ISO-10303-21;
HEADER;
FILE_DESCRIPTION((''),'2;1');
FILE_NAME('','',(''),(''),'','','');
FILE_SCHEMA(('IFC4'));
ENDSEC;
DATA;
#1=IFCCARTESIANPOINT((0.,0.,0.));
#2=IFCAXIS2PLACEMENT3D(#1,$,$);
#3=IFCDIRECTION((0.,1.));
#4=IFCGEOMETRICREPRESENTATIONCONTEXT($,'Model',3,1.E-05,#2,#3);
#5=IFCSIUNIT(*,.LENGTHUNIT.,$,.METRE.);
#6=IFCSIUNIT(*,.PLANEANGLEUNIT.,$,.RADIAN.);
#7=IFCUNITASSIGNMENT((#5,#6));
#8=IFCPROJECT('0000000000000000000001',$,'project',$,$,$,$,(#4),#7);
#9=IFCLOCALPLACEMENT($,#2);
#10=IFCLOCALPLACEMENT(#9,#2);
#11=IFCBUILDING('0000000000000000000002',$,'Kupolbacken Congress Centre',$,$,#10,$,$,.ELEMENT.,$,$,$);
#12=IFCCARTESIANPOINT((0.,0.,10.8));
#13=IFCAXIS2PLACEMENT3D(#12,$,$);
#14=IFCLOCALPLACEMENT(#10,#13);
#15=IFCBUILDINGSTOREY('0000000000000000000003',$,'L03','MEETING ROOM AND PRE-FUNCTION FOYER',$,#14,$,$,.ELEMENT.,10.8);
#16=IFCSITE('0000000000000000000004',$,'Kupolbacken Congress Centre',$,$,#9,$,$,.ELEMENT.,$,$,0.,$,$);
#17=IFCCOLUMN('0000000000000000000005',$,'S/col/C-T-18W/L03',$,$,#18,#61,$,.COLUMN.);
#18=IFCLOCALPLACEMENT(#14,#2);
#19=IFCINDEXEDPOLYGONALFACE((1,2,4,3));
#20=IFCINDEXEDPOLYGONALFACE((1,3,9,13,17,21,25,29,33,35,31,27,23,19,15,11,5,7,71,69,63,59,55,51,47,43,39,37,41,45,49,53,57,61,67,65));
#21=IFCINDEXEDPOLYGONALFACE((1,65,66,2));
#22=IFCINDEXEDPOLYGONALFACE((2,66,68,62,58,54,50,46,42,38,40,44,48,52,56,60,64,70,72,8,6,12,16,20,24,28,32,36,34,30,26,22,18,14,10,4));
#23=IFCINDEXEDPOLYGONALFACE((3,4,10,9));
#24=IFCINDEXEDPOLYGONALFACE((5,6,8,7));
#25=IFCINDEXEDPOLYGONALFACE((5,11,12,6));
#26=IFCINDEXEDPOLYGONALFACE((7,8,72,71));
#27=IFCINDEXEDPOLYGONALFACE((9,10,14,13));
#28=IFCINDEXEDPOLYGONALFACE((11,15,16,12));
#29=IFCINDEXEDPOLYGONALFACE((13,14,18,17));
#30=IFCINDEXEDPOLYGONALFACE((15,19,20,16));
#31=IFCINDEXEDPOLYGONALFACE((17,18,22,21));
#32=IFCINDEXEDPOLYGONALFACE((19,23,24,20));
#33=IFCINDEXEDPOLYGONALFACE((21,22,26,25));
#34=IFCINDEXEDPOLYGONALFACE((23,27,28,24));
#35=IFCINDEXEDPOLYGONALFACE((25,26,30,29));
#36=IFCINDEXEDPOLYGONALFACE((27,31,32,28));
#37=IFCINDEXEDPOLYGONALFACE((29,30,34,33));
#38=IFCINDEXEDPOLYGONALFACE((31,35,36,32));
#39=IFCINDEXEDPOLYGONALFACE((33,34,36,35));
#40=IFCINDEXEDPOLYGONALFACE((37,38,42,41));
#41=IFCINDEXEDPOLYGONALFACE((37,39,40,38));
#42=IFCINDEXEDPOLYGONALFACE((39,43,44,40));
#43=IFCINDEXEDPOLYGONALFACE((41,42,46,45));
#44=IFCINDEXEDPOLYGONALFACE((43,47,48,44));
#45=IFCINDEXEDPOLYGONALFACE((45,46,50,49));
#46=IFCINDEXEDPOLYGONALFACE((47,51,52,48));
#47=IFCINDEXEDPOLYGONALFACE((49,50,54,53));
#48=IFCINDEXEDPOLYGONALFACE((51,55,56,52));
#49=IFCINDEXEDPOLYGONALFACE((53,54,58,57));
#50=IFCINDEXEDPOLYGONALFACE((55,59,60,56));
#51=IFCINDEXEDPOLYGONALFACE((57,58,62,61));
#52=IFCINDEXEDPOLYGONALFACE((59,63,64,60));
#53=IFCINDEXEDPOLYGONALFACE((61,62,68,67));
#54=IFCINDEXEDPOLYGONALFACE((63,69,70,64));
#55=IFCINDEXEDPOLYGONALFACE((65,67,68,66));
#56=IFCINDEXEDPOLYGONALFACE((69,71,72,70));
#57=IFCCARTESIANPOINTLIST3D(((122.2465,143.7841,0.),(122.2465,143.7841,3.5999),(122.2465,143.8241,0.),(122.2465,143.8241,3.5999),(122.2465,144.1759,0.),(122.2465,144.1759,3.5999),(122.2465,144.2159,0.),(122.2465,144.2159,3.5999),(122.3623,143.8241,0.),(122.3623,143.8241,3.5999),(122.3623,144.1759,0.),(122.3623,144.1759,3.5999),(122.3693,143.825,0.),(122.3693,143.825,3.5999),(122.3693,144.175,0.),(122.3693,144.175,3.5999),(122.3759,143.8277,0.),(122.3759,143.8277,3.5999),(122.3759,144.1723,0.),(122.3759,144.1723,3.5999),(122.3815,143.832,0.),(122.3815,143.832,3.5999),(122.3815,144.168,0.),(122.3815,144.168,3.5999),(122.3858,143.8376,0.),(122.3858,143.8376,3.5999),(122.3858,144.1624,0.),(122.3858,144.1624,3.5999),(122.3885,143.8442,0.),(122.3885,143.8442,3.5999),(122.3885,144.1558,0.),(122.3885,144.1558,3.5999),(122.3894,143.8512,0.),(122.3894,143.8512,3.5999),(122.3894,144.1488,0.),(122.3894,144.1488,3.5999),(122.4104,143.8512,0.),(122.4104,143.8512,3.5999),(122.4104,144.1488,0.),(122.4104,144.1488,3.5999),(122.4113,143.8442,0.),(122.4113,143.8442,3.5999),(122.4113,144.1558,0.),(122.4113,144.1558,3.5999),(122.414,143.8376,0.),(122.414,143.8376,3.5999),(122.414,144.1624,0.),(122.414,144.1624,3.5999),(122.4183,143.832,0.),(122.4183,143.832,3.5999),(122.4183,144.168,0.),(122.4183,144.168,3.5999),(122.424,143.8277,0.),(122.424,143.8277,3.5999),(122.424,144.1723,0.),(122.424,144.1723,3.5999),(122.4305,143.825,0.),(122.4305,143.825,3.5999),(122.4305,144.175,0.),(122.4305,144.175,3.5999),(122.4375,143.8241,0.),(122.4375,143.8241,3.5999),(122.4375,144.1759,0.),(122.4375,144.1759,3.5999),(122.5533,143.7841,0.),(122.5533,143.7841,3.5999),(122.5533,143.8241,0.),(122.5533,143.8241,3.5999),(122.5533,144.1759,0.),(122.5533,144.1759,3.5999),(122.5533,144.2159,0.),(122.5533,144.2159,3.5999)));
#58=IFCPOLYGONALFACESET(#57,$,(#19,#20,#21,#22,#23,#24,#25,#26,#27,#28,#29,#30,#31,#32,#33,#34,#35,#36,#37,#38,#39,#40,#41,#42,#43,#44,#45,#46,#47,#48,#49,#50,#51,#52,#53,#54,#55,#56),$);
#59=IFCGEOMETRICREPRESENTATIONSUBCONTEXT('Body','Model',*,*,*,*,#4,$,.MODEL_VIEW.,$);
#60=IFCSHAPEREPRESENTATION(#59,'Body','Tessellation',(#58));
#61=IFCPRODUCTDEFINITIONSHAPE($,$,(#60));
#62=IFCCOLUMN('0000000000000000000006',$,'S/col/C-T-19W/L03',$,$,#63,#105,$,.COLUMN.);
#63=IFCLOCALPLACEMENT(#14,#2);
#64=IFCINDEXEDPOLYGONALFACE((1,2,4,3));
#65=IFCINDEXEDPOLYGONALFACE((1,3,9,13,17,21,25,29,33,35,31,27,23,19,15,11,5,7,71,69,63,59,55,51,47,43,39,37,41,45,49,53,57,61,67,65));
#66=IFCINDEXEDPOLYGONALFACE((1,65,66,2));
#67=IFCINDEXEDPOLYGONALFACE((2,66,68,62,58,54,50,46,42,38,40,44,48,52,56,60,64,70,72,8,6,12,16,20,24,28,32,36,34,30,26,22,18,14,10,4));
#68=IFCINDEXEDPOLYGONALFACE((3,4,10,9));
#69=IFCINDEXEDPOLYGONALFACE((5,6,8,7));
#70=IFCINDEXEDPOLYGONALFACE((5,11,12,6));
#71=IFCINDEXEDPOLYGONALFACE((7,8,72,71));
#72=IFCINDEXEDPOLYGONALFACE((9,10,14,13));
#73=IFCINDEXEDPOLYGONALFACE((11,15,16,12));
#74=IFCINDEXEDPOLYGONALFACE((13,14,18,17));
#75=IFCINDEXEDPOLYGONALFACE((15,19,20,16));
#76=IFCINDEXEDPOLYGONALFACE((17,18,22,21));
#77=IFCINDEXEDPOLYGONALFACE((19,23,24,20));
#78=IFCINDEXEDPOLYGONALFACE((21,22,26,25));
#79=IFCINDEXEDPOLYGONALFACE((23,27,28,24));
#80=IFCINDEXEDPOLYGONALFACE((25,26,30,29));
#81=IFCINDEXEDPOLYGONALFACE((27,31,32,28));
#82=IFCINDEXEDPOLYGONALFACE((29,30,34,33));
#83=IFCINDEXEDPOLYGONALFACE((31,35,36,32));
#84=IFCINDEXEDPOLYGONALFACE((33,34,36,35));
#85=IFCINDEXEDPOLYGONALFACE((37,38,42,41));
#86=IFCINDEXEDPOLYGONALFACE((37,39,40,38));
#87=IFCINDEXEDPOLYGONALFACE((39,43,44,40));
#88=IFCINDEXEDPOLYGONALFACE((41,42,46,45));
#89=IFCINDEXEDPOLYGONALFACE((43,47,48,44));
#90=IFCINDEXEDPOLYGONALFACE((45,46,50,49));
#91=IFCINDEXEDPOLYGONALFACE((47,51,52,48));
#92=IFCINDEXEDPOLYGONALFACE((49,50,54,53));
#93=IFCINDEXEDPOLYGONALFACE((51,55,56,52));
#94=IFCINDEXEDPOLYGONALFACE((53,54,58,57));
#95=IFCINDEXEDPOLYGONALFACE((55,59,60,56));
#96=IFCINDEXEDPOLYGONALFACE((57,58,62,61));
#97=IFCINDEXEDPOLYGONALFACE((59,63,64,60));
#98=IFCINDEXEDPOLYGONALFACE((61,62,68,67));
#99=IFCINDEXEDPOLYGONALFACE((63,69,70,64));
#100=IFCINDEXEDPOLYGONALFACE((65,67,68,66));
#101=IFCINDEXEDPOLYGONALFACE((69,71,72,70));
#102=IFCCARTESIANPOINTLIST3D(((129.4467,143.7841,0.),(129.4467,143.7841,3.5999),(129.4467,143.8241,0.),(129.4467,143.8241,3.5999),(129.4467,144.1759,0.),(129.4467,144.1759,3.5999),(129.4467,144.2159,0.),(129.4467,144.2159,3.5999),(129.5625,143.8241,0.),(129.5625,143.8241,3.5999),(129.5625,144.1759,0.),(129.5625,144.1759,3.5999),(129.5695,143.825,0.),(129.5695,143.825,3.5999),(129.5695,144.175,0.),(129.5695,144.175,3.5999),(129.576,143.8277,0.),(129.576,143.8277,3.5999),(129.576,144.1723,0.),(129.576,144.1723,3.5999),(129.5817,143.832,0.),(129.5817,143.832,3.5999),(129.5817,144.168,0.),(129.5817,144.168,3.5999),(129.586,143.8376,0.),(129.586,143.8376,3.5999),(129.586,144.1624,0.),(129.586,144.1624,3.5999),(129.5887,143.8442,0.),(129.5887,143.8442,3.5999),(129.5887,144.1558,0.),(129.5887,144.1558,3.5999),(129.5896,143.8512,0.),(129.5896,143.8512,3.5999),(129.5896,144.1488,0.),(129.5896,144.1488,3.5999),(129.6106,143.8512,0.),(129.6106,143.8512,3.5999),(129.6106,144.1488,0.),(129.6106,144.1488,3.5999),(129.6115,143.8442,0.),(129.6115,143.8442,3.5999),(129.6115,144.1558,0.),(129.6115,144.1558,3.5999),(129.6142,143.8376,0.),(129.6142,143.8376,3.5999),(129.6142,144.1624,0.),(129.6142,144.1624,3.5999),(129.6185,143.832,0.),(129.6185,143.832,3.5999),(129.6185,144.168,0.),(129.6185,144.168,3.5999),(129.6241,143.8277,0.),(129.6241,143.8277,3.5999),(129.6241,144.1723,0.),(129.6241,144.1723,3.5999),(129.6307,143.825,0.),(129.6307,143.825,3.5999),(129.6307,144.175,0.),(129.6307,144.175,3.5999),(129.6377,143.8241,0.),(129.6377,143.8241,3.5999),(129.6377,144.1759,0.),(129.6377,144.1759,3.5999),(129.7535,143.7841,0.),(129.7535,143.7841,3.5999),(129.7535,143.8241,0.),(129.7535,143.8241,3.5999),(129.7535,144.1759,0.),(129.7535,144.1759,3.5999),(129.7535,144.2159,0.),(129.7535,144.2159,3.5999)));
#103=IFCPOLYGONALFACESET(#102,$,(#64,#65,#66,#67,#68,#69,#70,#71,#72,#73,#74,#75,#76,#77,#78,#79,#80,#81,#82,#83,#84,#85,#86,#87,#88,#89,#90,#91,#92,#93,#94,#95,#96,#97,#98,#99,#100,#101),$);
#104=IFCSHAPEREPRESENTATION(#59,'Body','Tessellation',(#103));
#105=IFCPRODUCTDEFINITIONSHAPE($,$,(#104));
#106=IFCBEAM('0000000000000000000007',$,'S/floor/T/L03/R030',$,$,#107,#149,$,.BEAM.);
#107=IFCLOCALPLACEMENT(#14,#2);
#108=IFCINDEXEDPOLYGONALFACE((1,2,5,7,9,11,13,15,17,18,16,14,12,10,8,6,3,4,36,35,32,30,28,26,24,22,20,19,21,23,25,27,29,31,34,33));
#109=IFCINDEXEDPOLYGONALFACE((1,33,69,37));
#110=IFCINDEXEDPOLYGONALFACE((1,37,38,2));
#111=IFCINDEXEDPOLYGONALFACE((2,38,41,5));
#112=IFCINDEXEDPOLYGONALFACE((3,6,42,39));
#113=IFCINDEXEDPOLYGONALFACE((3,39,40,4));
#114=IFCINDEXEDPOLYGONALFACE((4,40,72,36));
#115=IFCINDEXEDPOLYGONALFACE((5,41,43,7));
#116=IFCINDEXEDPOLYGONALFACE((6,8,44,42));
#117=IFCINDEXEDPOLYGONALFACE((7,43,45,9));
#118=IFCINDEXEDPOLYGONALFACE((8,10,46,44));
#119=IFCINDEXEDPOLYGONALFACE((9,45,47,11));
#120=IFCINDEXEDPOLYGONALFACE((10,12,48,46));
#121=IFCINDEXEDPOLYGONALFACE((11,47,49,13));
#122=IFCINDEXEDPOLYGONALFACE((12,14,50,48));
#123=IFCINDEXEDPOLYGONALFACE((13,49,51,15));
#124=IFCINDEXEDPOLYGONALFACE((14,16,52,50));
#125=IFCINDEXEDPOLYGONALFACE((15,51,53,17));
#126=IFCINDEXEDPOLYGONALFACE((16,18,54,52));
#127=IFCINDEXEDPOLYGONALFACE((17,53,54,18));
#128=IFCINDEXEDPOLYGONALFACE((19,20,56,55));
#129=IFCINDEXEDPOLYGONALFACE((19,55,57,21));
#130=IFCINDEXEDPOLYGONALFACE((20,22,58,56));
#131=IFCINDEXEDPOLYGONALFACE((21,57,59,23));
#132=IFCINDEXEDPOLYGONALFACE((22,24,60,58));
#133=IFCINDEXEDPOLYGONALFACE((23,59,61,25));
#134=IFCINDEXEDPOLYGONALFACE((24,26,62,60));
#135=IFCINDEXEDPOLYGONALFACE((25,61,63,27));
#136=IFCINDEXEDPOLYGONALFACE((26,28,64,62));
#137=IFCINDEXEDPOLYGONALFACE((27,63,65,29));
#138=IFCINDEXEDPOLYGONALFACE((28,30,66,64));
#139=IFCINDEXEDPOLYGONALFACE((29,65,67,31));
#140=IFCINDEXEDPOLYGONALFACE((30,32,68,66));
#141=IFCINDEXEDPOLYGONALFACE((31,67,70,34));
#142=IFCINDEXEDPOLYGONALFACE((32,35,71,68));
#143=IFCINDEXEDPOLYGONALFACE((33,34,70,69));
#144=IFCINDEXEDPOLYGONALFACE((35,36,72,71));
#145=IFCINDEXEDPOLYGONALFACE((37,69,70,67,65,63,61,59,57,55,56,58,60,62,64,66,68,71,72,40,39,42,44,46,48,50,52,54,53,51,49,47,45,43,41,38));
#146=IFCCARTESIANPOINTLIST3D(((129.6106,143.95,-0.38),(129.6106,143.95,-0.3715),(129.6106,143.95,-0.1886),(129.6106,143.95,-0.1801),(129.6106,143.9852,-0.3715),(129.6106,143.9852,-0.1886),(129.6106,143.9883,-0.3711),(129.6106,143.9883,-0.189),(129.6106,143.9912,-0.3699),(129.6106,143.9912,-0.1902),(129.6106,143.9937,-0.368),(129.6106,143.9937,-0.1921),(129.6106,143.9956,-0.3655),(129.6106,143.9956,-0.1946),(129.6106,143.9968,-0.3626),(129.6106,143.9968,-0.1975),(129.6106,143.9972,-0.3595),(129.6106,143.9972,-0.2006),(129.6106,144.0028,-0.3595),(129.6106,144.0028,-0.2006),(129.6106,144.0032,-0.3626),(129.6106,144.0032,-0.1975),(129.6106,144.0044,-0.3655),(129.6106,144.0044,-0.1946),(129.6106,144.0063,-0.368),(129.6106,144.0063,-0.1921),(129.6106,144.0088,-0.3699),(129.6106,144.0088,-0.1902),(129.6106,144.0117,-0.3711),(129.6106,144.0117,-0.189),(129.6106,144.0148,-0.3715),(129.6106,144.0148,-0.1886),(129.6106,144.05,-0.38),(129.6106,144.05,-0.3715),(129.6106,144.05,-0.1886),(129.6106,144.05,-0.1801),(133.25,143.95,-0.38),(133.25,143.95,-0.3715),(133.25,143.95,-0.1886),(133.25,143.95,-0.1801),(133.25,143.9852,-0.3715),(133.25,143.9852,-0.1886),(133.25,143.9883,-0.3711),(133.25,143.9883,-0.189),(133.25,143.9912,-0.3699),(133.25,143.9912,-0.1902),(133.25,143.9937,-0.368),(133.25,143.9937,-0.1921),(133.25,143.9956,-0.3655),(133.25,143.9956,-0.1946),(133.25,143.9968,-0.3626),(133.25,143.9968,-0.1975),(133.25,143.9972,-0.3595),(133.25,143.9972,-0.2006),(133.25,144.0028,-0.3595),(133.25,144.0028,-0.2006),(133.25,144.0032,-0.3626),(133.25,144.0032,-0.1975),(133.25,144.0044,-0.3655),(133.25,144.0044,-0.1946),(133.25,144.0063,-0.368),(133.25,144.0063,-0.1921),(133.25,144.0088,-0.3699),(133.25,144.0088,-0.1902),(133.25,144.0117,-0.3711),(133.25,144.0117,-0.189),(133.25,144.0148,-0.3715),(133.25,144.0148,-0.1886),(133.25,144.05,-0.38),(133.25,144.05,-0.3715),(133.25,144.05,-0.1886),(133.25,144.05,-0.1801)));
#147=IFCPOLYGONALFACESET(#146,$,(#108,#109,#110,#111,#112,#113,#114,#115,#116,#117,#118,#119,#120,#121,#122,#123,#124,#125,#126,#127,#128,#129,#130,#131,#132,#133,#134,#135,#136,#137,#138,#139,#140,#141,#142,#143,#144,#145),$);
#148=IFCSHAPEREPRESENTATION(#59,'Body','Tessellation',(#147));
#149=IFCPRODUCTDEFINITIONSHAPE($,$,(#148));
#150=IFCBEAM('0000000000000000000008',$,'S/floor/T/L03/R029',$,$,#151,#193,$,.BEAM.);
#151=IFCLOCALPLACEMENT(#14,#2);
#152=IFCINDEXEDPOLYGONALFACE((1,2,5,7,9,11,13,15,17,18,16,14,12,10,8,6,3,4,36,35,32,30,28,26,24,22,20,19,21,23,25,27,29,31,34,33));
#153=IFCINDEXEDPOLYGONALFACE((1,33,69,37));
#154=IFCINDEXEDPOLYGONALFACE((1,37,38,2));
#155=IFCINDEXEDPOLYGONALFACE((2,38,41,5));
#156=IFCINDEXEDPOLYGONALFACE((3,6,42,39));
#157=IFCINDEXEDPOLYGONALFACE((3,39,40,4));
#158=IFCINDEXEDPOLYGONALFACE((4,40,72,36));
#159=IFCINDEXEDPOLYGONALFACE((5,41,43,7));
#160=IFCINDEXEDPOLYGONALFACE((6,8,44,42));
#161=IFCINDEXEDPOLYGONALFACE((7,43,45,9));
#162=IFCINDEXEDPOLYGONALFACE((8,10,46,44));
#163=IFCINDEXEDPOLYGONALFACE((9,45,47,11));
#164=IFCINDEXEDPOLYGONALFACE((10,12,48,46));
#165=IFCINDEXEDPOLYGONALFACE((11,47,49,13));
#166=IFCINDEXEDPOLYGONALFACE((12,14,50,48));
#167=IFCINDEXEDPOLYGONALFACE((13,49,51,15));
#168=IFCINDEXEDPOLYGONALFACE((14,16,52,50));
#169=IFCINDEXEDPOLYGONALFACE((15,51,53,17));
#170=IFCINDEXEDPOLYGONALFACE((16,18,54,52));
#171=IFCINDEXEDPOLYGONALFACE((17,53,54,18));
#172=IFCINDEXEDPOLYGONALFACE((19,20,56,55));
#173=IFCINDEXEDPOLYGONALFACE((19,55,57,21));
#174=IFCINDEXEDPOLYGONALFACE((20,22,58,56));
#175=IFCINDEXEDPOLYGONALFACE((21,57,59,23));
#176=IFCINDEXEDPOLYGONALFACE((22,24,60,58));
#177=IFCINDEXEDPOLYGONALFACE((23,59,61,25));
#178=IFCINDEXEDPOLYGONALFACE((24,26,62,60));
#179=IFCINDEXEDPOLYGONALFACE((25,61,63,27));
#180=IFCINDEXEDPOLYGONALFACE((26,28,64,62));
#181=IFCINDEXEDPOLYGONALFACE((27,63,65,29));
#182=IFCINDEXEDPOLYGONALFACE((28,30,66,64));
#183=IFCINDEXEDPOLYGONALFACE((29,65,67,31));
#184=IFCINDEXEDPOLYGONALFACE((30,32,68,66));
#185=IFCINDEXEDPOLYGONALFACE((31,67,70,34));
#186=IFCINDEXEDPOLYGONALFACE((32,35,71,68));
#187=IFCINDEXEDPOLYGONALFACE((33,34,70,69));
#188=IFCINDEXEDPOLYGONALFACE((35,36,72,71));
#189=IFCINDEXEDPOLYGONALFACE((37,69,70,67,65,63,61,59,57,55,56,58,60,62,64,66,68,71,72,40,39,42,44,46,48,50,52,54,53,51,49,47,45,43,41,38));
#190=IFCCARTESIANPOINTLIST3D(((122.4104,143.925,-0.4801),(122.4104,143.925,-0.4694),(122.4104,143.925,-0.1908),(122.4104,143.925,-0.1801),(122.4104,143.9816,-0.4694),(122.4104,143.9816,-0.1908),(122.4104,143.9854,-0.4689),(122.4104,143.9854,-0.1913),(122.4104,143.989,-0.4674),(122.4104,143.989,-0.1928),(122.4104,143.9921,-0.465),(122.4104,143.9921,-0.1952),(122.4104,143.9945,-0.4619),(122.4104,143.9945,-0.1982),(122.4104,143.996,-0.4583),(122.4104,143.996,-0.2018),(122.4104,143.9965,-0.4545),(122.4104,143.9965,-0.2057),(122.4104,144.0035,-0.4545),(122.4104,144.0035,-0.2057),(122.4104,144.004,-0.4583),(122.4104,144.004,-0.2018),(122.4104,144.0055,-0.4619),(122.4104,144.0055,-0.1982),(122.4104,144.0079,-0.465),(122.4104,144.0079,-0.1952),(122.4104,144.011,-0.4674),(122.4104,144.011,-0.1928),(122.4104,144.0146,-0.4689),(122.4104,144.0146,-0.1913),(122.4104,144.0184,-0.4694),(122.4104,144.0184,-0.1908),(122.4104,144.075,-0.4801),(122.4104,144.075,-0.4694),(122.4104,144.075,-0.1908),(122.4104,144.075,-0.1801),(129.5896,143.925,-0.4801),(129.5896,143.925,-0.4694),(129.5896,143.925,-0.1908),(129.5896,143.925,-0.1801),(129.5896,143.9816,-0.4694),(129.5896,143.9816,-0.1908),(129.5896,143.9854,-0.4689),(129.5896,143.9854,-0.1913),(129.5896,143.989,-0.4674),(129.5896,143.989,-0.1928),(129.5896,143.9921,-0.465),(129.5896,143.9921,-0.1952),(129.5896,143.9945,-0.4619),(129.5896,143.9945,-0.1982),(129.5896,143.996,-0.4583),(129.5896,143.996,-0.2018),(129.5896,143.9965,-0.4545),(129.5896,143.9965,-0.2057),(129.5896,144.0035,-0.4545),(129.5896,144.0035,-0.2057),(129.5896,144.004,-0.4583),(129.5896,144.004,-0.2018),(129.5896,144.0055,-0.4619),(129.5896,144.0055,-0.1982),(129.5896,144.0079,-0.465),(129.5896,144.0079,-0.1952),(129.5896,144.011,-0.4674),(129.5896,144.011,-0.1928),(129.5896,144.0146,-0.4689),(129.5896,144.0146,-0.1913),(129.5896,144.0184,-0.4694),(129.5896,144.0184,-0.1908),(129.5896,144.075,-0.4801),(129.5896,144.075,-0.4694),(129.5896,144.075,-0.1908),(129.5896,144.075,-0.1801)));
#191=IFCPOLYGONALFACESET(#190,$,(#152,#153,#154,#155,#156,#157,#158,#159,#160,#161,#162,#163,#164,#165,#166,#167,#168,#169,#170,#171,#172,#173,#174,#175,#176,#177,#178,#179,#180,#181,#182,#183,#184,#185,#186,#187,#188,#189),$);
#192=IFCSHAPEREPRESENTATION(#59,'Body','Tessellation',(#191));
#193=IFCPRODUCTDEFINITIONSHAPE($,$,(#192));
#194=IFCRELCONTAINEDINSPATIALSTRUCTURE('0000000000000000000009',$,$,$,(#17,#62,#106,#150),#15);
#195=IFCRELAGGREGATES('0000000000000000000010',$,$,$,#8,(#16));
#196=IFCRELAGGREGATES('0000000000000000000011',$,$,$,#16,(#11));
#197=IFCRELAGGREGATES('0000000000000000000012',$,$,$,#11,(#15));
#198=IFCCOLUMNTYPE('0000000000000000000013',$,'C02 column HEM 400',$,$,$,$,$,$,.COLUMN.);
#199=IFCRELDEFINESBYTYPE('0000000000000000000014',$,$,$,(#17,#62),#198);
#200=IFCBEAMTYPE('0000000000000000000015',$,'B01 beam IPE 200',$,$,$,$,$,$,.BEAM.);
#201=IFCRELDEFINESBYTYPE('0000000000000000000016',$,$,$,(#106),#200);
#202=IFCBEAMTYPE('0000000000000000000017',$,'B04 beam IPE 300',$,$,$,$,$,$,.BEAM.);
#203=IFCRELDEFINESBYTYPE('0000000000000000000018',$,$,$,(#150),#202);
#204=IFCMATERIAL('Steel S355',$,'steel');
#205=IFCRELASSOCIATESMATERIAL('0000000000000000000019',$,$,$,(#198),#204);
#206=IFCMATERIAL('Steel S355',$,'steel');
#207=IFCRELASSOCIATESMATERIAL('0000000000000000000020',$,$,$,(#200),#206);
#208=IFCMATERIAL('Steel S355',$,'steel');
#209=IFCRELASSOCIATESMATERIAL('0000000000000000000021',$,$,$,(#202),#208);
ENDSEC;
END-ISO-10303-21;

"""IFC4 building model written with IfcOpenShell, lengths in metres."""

from ifc_helpers import new_model, si_unit, direction, frame, origin, origin_2d, place, context, subcontext, project, spatial, i_section, extrude, material, material_profile, profile_set, type_object, element, save


model = new_model("IFC4")

# Units and contexts
model_context = context("Model", 3, precision=1e-05, world=origin(), true_north=direction((0.0, 1.0)))
body_context = subcontext(model_context, "Body", "Model", "MODEL_VIEW")
ifc_project = project(units=[si_unit("LENGTHUNIT", "METRE"), si_unit("PLANEANGLEUNIT", "RADIAN")], contexts=[model_context])

# Site, building, storey
site_placement = place(None, origin())
site = spatial("IfcSite", under=ifc_project, at=site_placement, Name="Kupolbacken Congress Centre", CompositionType="ELEMENT", RefElevation=0.0)
building_placement = place(site_placement, origin())
building = spatial("IfcBuilding", under=site, at=building_placement, Name="Kupolbacken Congress Centre", CompositionType="ELEMENT")
storey_placement = place(building_placement, frame((0.0, 0.0, 10.8)))
storey = spatial("IfcBuildingStorey", under=building, at=storey_placement, Name="L03", Description="MEETING ROOM AND PRE-FUNCTION FOYER", CompositionType="ELEMENT", Elevation=10.8)

# Columns
ifc_material_1 = material(Name="Steel S355", Category="steel")
ifc_material_profile_1 = material_profile(ifc_material_1, i_section(OverallWidth=0.3069, OverallDepth=0.4319, WebThickness=0.021, FlangeThickness=0.04, FilletRadius=0.0271, at=origin_2d()), Name="HEM 400")
ifc_profile_set_1 = profile_set([ifc_material_profile_1], Name="Steel S355")
column_type = type_object("IfcColumnType", Name="C02 column HEM 400", PredefinedType="COLUMN", material=ifc_profile_set_1)
for number, where, z_axis, x_axis, name in (
    (1, (122.3999, 144.0, 0.0), (0.0, 0.0, 1.0), (1.0, 0.0, 0.0), "S/col/C-T-18W/L03"),
    (2, (129.6001, 144.0, 0.0), (0.0, 0.0, 1.0), (1.0, 0.0, 0.0), "S/col/C-T-19W/L03"),
):
    element("IfcColumn", number, at=place(storey_placement, frame(where, z_axis=z_axis, x_axis=x_axis)), inside=storey, type_object=column_type, Name=name, PredefinedType="COLUMN", context=body_context, shape_type="SweptSolid", body=[
        extrude(i_section(OverallWidth=0.3069, OverallDepth=0.4319, WebThickness=0.021, FlangeThickness=0.04, FilletRadius=0.0271, at=origin_2d()), origin(), (0.0, 0.0, 1.0), 3.5999),
    ])

# Beams
ifc_material_2 = material(Name="Steel S355", Category="steel")
ifc_material_profile_2 = material_profile(ifc_material_2, i_section(OverallWidth=0.1001, OverallDepth=0.2, WebThickness=0.0056, FlangeThickness=0.0085, FilletRadius=0.012, at=origin_2d()), Name="IPE 200")
ifc_profile_set_2 = profile_set([ifc_material_profile_2], Name="Steel S355")
beam_type_1 = type_object("IfcBeamType", Name="B01 beam IPE 200", PredefinedType="BEAM", material=ifc_profile_set_2)
beam_1_placement = place(storey_placement, frame((129.6106, 144.0, -0.28), z_axis=(1.0, 0.0, 0.0), x_axis=(0.0, 1.0, 0.0)))
element("IfcBeam", 3, at=beam_1_placement, inside=storey, type_object=beam_type_1, Name="S/floor/T/L03/R030", PredefinedType="BEAM", context=body_context, shape_type="SweptSolid", body=[
    extrude(i_section(OverallWidth=0.1001, OverallDepth=0.2, WebThickness=0.0056, FlangeThickness=0.0085, FilletRadius=0.012, at=origin_2d()), origin(), (0.0, 0.0, 1.0), 3.6394),
])
ifc_material_3 = material(Name="Steel S355", Category="steel")
ifc_material_profile_3 = material_profile(ifc_material_3, i_section(OverallWidth=0.1499, OverallDepth=0.3, WebThickness=0.0071, FlangeThickness=0.0107, FilletRadius=0.0149, at=origin_2d()), Name="IPE 300")
ifc_profile_set_3 = profile_set([ifc_material_profile_3], Name="Steel S355")
beam_type_2 = type_object("IfcBeamType", Name="B04 beam IPE 300", PredefinedType="BEAM", material=ifc_profile_set_3)
beam_2_placement = place(storey_placement, frame((122.4104, 144.0, -0.3301), z_axis=(1.0, 0.0, 0.0), x_axis=(0.0, 1.0, 0.0)))
element("IfcBeam", 4, at=beam_2_placement, inside=storey, type_object=beam_type_2, Name="S/floor/T/L03/R029", PredefinedType="BEAM", context=body_context, shape_type="SweptSolid", body=[
    extrude(i_section(OverallWidth=0.1499, OverallDepth=0.3, WebThickness=0.0071, FlangeThickness=0.0107, FilletRadius=0.0149, at=origin_2d()), origin(), (0.0, 0.0, 1.0), 7.1792),
])

save(model, "model.ifc")
